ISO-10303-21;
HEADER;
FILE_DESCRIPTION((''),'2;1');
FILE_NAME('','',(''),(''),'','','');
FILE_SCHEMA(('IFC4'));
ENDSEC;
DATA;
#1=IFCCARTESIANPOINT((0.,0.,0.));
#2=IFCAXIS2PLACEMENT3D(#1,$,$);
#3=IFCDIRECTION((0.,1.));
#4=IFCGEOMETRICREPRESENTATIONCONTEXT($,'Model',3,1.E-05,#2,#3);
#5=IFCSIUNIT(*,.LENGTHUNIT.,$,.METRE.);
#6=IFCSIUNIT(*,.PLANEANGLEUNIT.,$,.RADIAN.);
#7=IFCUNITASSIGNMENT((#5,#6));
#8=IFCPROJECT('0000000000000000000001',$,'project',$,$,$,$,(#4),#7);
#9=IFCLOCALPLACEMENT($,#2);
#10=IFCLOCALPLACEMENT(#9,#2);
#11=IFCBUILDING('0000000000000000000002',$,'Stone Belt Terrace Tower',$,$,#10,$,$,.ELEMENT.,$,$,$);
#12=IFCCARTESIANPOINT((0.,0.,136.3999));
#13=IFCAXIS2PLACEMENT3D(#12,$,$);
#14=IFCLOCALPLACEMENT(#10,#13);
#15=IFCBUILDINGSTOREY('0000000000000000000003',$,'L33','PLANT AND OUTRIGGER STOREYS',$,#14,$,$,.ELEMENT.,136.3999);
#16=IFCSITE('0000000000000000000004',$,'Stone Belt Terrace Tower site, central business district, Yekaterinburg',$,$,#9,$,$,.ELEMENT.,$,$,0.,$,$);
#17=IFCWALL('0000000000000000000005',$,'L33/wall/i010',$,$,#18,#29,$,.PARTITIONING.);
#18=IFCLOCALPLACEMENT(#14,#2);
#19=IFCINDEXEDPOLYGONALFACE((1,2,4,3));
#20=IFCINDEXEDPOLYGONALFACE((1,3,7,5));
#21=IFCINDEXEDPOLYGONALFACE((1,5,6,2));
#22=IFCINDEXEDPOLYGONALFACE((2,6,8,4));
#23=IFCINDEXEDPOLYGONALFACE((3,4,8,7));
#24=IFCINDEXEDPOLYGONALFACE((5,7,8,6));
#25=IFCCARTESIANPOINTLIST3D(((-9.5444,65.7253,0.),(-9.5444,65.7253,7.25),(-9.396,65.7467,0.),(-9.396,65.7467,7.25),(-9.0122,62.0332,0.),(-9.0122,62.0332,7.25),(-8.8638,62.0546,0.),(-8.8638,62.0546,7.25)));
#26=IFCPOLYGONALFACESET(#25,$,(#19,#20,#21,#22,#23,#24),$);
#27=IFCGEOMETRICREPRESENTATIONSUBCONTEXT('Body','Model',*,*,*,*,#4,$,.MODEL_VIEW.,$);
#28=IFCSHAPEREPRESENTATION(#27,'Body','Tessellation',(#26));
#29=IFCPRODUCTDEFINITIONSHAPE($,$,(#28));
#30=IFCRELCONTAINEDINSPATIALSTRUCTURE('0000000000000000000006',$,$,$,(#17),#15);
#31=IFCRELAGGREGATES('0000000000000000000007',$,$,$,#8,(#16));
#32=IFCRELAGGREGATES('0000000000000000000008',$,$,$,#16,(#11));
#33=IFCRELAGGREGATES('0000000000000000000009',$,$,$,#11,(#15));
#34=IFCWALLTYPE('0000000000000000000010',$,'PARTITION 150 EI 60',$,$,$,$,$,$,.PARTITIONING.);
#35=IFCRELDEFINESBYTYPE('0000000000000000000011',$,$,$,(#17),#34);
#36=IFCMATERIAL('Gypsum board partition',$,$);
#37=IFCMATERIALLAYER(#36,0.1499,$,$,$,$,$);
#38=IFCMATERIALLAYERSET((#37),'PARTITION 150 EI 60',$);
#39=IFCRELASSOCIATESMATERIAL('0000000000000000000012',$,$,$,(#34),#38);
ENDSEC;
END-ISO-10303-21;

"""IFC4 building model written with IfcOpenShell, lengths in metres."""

from ifc_helpers import new_model, si_unit, direction, frame, frame_2d, origin, place, context, subcontext, project, spatial, rectangle, extrude, material, layer, layer_set, type_object, element, save


model = new_model("IFC4")

# Units and contexts
model_context = context("Model", 3, precision=1e-05, world=origin(), true_north=direction((0.0, 1.0)))
body_context = subcontext(model_context, "Body", "Model", "MODEL_VIEW")
ifc_project = project(units=[si_unit("LENGTHUNIT", "METRE"), si_unit("PLANEANGLEUNIT", "RADIAN")], contexts=[model_context])

# Site, building, storey
site_placement = place(None, origin())
site = spatial("IfcSite", under=ifc_project, at=site_placement, Name="Stone Belt Terrace Tower site, central business district, Yekaterinburg", CompositionType="ELEMENT", RefElevation=0.0)
building_placement = place(site_placement, origin())
building = spatial("IfcBuilding", under=site, at=building_placement, Name="Stone Belt Terrace Tower", CompositionType="ELEMENT")
storey_placement = place(building_placement, frame((0.0, 0.0, 136.3999)))
storey = spatial("IfcBuildingStorey", under=building, at=storey_placement, Name="L33", Description="PLANT AND OUTRIGGER STOREYS", CompositionType="ELEMENT", Elevation=136.3999)

# Wall
ifc_material_1 = material(Name="Gypsum board partition")
ifc_layer_1 = layer(ifc_material_1, 0.1499)
ifc_layer_set_1 = layer_set([ifc_layer_1], Name="PARTITION 150 EI 60")
wall_type = type_object("IfcWallType", Name="PARTITION 150 EI 60", PredefinedType="PARTITIONING", material=ifc_layer_set_1)
wall_placement = place(storey_placement, frame((-9.4702, 65.7361, 0.0), z_axis=(0.0, 0.0, 1.0), x_axis=(0.142677, -0.989769, 0.0)))
element("IfcWall", 1, at=wall_placement, inside=storey, type_object=wall_type, Name="L33/wall/i010", PredefinedType="PARTITIONING", context=body_context, shape_type="SweptSolid", body=[
    extrude(rectangle(XDim=3.7302, YDim=0.1499, at=frame_2d((1.8652, 0.0))), origin(), (0.0, 0.0, 1.0), 7.25),
])

save(model, "model.ifc")
